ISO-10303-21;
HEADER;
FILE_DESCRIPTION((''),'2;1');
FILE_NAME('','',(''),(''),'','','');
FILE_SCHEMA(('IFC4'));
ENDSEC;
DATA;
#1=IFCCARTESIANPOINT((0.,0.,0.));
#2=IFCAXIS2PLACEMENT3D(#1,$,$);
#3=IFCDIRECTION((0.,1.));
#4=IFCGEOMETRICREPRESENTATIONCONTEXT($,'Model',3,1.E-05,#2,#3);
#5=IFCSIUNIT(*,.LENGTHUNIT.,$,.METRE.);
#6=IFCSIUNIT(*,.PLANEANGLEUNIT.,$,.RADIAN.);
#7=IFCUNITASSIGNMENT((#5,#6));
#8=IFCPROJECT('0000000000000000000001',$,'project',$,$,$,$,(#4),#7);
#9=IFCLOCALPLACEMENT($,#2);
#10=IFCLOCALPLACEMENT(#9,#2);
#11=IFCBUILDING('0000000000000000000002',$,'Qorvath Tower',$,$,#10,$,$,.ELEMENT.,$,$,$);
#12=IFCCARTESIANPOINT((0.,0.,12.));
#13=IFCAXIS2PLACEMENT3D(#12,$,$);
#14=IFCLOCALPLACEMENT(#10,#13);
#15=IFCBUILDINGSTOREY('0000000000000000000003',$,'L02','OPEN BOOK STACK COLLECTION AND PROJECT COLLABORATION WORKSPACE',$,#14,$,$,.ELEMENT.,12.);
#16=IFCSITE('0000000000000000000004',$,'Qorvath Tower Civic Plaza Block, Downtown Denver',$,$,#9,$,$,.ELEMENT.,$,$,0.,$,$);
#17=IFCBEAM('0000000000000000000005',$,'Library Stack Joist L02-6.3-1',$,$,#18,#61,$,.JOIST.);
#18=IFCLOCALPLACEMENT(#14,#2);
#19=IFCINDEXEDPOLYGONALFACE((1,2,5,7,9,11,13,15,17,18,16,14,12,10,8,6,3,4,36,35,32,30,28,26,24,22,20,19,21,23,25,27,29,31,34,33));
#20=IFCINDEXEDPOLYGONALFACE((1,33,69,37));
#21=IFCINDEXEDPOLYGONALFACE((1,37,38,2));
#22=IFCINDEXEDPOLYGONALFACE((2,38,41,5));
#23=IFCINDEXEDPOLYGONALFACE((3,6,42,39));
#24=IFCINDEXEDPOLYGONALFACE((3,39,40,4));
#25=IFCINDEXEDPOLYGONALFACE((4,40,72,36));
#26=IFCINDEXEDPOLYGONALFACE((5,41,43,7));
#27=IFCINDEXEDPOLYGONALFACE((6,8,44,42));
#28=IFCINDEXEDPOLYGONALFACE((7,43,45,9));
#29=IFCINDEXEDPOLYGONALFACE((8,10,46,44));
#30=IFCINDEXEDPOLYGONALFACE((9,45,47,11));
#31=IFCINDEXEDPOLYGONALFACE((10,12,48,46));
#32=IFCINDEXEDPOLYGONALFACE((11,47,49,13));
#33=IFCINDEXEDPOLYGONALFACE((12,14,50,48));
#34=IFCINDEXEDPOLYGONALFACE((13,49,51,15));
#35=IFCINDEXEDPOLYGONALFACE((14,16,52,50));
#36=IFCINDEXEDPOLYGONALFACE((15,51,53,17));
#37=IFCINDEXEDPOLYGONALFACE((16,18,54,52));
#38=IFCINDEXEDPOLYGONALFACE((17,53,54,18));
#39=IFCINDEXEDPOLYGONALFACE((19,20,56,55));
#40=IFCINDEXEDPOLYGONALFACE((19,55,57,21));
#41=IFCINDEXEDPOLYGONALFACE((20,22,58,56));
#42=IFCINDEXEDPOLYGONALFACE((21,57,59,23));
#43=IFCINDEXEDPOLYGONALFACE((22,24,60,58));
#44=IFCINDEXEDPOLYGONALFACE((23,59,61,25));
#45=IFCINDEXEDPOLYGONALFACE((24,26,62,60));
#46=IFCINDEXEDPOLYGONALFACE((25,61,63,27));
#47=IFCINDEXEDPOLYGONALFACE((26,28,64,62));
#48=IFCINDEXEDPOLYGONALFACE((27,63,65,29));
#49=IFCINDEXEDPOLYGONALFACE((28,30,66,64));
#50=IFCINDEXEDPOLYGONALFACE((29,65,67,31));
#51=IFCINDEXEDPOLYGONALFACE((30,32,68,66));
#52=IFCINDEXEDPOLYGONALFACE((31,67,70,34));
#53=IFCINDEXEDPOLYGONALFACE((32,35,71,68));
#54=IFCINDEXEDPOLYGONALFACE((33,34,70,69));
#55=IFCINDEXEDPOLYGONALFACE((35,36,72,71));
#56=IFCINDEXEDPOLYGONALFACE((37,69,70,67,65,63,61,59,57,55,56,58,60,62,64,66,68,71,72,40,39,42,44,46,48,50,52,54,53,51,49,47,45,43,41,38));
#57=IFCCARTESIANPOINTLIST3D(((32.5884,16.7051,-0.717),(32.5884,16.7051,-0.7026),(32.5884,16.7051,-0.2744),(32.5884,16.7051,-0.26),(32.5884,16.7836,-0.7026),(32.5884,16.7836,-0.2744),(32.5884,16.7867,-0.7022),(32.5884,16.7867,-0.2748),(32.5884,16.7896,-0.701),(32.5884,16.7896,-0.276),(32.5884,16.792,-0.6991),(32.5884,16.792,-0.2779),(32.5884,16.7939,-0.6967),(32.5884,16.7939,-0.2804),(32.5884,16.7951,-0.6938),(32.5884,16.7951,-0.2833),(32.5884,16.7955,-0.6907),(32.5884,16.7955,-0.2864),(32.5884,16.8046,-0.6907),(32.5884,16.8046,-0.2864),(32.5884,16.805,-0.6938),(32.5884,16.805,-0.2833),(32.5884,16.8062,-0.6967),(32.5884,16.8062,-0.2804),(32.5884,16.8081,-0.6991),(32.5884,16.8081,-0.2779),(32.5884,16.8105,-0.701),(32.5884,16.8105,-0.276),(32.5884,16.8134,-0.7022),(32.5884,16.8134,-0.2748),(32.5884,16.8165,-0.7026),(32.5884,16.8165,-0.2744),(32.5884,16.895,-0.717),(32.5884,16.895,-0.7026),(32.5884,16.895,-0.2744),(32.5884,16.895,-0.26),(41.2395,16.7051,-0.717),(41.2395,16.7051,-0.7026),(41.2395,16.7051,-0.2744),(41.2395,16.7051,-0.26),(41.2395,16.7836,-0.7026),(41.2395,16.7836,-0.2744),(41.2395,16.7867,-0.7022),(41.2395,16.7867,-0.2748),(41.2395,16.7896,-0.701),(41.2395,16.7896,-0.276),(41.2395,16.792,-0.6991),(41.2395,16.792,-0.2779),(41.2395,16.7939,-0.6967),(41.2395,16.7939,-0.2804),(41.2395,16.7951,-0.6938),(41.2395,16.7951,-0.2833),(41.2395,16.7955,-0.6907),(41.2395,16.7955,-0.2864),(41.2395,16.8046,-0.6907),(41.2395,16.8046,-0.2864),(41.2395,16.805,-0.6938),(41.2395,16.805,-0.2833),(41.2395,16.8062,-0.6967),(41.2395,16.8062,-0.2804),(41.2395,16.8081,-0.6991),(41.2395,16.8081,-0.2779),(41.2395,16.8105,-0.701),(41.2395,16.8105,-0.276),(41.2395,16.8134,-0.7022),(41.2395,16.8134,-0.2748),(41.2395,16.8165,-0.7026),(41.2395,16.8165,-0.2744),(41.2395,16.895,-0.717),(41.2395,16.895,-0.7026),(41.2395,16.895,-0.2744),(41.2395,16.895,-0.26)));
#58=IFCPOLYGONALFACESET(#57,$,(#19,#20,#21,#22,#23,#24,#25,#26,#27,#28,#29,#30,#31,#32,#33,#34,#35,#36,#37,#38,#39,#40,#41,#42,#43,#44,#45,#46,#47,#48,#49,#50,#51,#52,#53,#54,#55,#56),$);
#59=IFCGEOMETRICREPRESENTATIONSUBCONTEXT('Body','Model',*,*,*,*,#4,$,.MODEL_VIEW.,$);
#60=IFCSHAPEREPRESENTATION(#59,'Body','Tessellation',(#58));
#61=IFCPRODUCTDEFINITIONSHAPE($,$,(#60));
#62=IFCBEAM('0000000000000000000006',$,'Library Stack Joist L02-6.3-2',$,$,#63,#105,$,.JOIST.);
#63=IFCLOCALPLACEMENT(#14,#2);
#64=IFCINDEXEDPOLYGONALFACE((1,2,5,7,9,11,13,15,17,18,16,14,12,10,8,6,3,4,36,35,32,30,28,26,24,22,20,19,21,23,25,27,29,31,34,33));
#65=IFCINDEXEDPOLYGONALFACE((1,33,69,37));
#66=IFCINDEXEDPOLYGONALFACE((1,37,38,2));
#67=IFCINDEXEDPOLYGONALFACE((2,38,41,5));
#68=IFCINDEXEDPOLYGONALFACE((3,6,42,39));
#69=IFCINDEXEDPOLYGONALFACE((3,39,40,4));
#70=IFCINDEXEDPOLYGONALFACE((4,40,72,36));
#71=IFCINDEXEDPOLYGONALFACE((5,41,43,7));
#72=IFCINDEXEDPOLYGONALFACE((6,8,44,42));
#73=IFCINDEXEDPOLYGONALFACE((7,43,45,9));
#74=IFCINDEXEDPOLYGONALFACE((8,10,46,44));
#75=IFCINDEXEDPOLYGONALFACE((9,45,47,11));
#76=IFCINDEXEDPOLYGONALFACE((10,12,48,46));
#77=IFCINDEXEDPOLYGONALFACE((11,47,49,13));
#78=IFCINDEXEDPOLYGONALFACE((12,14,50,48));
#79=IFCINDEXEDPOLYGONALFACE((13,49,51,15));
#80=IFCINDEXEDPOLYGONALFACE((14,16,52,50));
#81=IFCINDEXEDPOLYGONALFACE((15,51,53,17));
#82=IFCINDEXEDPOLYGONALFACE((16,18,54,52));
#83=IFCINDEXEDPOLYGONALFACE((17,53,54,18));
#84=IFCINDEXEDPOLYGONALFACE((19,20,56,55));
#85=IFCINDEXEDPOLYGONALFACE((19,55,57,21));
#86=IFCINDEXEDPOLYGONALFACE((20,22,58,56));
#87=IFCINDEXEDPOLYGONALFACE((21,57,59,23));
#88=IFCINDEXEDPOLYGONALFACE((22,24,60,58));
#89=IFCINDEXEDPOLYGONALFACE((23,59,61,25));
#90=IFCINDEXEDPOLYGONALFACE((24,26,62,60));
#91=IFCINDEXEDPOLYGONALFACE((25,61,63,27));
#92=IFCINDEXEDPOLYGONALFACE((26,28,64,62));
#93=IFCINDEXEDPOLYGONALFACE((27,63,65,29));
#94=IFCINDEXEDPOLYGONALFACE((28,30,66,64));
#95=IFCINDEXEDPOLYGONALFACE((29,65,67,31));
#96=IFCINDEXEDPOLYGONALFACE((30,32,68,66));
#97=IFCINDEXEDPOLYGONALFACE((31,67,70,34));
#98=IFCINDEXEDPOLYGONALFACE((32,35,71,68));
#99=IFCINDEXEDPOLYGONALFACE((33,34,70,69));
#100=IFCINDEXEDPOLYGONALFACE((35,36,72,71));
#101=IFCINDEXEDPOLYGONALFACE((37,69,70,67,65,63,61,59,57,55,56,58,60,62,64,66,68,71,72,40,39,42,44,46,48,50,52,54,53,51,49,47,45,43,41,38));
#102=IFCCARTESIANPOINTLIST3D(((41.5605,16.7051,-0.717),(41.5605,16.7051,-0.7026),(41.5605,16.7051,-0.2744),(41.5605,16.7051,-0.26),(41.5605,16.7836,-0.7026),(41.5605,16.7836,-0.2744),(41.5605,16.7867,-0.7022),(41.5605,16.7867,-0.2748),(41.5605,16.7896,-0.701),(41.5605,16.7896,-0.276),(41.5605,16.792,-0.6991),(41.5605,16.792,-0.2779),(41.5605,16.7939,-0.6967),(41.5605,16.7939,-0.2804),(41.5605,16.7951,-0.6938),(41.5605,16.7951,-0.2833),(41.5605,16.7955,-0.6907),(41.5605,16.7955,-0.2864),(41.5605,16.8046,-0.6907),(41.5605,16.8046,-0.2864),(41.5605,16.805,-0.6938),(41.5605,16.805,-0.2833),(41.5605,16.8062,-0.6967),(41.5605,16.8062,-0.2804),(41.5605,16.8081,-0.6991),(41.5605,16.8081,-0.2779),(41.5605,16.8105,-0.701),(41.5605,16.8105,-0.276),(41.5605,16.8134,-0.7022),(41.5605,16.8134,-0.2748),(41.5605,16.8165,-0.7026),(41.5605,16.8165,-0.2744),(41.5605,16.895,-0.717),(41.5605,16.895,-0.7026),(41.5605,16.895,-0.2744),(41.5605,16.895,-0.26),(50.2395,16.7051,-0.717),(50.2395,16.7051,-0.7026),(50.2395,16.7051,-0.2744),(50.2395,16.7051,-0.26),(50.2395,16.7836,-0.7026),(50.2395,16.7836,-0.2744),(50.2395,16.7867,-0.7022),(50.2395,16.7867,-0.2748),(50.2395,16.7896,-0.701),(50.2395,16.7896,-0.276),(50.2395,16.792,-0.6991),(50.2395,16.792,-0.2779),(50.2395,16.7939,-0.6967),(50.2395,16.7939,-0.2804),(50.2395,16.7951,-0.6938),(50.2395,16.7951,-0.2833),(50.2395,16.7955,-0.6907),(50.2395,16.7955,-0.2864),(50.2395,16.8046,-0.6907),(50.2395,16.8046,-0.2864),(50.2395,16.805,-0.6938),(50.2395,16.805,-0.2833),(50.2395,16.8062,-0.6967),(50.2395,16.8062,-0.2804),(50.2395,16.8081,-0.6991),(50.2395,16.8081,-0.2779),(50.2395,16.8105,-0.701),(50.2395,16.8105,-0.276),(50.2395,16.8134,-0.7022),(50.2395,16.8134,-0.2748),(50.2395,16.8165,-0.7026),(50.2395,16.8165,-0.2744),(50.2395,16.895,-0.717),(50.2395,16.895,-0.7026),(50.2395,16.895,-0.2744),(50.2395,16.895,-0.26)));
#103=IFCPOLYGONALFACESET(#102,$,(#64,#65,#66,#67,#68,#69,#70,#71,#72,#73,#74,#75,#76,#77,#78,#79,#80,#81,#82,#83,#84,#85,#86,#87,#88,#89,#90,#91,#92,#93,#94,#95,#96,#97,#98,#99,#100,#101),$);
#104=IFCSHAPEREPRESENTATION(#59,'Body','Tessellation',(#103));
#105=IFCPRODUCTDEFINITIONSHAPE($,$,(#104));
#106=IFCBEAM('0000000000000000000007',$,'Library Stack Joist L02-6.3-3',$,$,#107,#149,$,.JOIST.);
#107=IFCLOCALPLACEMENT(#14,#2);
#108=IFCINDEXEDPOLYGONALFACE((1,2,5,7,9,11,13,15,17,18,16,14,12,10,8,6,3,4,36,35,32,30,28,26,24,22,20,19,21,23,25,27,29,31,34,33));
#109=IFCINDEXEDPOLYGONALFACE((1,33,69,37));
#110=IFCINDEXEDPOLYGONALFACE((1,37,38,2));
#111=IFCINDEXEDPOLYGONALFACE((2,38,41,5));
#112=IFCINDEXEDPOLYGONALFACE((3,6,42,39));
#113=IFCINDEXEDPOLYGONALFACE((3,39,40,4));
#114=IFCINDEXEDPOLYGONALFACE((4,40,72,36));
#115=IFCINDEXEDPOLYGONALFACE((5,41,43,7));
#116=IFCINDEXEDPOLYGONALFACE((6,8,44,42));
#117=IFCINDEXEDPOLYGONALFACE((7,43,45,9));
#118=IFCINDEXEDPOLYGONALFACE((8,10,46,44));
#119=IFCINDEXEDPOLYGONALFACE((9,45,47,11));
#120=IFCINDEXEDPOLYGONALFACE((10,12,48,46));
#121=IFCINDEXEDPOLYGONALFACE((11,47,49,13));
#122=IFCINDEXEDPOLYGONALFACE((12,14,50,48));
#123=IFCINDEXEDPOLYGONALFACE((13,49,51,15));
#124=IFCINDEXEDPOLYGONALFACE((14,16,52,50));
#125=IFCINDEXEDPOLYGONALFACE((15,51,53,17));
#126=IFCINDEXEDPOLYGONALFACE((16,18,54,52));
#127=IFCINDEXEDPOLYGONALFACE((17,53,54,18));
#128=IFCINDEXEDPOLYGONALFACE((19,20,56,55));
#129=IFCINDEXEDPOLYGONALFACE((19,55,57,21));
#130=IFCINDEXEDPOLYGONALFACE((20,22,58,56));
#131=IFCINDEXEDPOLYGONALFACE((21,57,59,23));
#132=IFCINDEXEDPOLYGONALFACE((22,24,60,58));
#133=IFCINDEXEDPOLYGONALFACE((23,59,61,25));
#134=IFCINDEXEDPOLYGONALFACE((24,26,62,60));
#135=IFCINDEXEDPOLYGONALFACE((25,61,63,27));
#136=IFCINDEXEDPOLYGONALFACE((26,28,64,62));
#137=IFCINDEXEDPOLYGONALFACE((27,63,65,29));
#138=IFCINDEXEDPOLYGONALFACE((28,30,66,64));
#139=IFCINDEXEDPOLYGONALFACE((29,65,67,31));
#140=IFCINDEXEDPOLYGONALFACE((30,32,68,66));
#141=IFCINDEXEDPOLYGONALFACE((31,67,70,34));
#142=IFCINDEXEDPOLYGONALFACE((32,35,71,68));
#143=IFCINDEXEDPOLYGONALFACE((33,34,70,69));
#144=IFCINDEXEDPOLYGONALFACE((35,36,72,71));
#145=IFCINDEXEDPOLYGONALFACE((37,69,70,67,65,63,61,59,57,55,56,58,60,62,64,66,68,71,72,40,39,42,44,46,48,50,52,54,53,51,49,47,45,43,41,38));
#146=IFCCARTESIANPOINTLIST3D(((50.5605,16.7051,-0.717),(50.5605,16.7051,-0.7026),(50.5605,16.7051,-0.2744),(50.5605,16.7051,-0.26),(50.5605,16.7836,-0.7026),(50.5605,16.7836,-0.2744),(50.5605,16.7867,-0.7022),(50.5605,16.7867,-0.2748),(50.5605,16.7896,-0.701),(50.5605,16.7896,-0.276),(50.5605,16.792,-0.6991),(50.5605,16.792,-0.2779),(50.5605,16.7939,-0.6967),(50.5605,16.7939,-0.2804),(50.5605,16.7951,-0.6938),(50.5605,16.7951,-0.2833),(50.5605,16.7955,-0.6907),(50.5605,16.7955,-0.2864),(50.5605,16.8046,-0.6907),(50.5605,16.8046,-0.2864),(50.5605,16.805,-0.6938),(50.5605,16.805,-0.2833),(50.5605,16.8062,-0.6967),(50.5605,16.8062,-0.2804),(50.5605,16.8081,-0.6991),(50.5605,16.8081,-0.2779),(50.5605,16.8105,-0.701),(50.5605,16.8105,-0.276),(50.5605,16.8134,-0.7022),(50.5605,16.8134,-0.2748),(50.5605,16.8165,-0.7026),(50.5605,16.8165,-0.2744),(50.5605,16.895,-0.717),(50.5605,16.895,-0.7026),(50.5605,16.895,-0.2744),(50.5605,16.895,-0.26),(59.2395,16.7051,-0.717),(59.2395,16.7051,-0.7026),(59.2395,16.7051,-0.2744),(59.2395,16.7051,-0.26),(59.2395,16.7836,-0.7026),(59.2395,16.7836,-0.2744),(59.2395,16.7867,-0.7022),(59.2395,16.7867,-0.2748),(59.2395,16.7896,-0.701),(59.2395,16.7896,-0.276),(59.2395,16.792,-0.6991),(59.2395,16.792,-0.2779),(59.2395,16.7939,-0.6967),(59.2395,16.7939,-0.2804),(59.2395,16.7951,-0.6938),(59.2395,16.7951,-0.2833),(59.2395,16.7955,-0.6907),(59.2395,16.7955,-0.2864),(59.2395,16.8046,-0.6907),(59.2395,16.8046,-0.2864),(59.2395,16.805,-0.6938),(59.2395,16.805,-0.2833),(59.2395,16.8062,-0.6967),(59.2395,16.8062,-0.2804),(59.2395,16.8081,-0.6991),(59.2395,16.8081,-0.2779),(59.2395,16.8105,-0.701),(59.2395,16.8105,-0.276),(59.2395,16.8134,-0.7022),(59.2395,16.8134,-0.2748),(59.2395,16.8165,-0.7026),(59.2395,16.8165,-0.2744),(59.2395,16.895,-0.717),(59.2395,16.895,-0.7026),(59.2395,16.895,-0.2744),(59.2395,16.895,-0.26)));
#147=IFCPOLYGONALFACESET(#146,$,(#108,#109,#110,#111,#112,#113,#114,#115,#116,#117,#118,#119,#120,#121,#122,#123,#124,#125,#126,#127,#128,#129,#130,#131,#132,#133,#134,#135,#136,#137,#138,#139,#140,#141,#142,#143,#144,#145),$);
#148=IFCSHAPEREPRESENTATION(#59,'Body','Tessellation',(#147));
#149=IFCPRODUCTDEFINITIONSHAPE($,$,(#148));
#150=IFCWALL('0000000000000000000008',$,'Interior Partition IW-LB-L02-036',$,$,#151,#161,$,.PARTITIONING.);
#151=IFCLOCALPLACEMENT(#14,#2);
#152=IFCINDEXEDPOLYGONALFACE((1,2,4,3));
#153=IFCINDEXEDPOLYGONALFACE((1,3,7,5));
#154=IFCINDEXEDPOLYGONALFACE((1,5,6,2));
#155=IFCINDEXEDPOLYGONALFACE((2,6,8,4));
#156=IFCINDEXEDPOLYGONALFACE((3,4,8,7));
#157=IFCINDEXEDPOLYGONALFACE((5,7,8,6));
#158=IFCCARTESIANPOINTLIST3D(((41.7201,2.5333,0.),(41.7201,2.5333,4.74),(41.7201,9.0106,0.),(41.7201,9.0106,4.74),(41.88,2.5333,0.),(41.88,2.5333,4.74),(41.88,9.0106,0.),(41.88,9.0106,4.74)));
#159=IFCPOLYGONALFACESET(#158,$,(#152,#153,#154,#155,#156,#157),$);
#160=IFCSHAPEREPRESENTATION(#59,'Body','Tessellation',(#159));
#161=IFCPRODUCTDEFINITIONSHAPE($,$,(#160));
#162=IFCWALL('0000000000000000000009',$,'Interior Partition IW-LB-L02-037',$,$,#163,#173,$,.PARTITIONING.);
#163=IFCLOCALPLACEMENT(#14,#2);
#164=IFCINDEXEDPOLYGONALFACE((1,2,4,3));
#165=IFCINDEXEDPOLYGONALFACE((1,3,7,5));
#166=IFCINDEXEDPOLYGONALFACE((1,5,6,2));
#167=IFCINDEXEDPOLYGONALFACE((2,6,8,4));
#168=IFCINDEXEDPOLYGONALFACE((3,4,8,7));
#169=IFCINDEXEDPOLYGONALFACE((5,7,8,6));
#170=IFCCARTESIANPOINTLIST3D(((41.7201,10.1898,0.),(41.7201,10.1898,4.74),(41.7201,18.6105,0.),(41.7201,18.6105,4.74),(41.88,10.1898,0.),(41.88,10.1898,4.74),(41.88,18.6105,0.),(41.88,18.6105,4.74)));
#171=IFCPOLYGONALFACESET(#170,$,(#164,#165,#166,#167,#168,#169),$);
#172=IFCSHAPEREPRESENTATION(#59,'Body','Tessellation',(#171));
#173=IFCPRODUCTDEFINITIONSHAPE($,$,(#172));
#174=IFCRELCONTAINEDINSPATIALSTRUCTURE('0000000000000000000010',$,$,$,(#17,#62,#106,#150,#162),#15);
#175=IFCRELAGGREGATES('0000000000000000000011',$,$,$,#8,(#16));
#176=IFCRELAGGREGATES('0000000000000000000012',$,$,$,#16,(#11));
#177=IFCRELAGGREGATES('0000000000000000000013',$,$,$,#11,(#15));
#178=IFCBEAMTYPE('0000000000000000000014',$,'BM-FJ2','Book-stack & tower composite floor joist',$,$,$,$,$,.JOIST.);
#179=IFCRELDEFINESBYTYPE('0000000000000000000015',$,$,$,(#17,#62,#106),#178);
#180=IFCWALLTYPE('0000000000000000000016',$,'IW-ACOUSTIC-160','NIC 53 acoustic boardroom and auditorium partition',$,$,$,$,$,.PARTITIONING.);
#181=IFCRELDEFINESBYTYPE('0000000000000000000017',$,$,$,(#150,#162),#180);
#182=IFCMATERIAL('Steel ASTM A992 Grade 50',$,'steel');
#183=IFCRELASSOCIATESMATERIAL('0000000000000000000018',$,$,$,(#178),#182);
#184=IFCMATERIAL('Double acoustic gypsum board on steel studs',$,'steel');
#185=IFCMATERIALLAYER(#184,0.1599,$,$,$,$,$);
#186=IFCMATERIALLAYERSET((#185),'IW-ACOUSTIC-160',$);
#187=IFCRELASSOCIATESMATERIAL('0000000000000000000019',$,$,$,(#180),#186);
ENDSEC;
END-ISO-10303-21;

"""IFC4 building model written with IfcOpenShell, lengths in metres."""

from ifc_helpers import new_model, si_unit, direction, frame, frame_2d, origin, origin_2d, place, context, subcontext, project, spatial, rectangle, i_section, extrude, material, layer, layer_set, material_profile, profile_set, type_object, element, save


model = new_model("IFC4")

# Units and contexts
model_context = context("Model", 3, precision=1e-05, world=origin(), true_north=direction((0.0, 1.0)))
body_context = subcontext(model_context, "Body", "Model", "MODEL_VIEW")
ifc_project = project(units=[si_unit("LENGTHUNIT", "METRE"), si_unit("PLANEANGLEUNIT", "RADIAN")], contexts=[model_context])

# Site, building, storey
site_placement = place(None, origin())
site = spatial("IfcSite", under=ifc_project, at=site_placement, Name="Qorvath Tower Civic Plaza Block, Downtown Denver", CompositionType="ELEMENT", RefElevation=0.0)
building_placement = place(site_placement, origin())
building = spatial("IfcBuilding", under=site, at=building_placement, Name="Qorvath Tower", CompositionType="ELEMENT")
storey_placement = place(building_placement, frame((0.0, 0.0, 12.0)))
storey = spatial("IfcBuildingStorey", under=building, at=storey_placement, Name="L02", Description="OPEN BOOK STACK COLLECTION AND PROJECT COLLABORATION WORKSPACE", CompositionType="ELEMENT", Elevation=12.0)

# Beams
ifc_material_1 = material(Name="Steel ASTM A992 Grade 50", Category="steel")
ifc_material_profile_1 = material_profile(ifc_material_1, i_section(OverallWidth=0.1899, OverallDepth=0.457, WebThickness=0.009, FlangeThickness=0.0144, FilletRadius=0.012, at=origin_2d()), Name="W18x50")
ifc_profile_set_1 = profile_set([ifc_material_profile_1], Name="Steel ASTM A992 Grade 50")
beam_type_1 = type_object("IfcBeamType", Name="BM-FJ2", Description="Book-stack & tower composite floor joist", PredefinedType="JOIST", material=ifc_profile_set_1)
beam_placement = place(storey_placement, frame((32.5884, 16.8, -0.4885), z_axis=(1.0, 0.0, 0.0), x_axis=(0.0, 1.0, 0.0)))
element("IfcBeam", 1, at=beam_placement, inside=storey, type_object=beam_type_1, Name="Library Stack Joist L02-6.3-1", PredefinedType="JOIST", context=body_context, shape_type="SweptSolid", body=[
    extrude(i_section(OverallWidth=0.1899, OverallDepth=0.457, WebThickness=0.009, FlangeThickness=0.0144, FilletRadius=0.012, at=origin_2d()), origin(), (0.0, 0.0, 1.0), 8.6511),
])
for number, where, z_axis, x_axis, name in (
    (2, (41.5605, 16.8, -0.4885), (1.0, 0.0, 0.0), (0.0, 1.0, 0.0), "Library Stack Joist L02-6.3-2"),
    (3, (50.5605, 16.8, -0.4885), (1.0, 0.0, 0.0), (0.0, 1.0, 0.0), "Library Stack Joist L02-6.3-3"),
):
    element("IfcBeam", number, at=place(storey_placement, frame(where, z_axis=z_axis, x_axis=x_axis)), inside=storey, type_object=beam_type_1, Name=name, PredefinedType="JOIST", context=body_context, shape_type="SweptSolid", body=[
        extrude(i_section(OverallWidth=0.1899, OverallDepth=0.457, WebThickness=0.009, FlangeThickness=0.0144, FilletRadius=0.012, at=origin_2d()), origin(), (0.0, 0.0, 1.0), 8.679),
    ])

# Walls
ifc_material_2 = material(Name="Double acoustic gypsum board on steel studs", Category="steel")
ifc_layer_1 = layer(ifc_material_2, 0.1599)
ifc_layer_set_1 = layer_set([ifc_layer_1], Name="IW-ACOUSTIC-160")
wall_type_1 = type_object("IfcWallType", Name="IW-ACOUSTIC-160", Description="NIC 53 acoustic boardroom and auditorium partition", PredefinedType="PARTITIONING", material=ifc_layer_set_1)
wall_1_placement = place(storey_placement, frame((41.8, 2.5332, 0.0), z_axis=(0.0, 0.0, 1.0), x_axis=(0.0, 1.0, 0.0)))
element("IfcWall", 4, at=wall_1_placement, inside=storey, type_object=wall_type_1, Name="Interior Partition IW-LB-L02-036", PredefinedType="PARTITIONING", context=body_context, shape_type="SweptSolid", body=[
    extrude(rectangle(XDim=6.4773, YDim=0.1599, at=frame_2d((3.2388, 0.0))), origin(), (0.0, 0.0, 1.0), 4.74),
])
wall_2_placement = place(storey_placement, frame((41.8, 10.1897, 0.0), z_axis=(0.0, 0.0, 1.0), x_axis=(0.0, 1.0, 0.0)))
element("IfcWall", 5, at=wall_2_placement, inside=storey, type_object=wall_type_1, Name="Interior Partition IW-LB-L02-037", PredefinedType="PARTITIONING", context=body_context, shape_type="SweptSolid", body=[
    extrude(rectangle(XDim=8.4207, YDim=0.1599, at=frame_2d((4.2104, 0.0))), origin(), (0.0, 0.0, 1.0), 4.74),
])

save(model, "model.ifc")
